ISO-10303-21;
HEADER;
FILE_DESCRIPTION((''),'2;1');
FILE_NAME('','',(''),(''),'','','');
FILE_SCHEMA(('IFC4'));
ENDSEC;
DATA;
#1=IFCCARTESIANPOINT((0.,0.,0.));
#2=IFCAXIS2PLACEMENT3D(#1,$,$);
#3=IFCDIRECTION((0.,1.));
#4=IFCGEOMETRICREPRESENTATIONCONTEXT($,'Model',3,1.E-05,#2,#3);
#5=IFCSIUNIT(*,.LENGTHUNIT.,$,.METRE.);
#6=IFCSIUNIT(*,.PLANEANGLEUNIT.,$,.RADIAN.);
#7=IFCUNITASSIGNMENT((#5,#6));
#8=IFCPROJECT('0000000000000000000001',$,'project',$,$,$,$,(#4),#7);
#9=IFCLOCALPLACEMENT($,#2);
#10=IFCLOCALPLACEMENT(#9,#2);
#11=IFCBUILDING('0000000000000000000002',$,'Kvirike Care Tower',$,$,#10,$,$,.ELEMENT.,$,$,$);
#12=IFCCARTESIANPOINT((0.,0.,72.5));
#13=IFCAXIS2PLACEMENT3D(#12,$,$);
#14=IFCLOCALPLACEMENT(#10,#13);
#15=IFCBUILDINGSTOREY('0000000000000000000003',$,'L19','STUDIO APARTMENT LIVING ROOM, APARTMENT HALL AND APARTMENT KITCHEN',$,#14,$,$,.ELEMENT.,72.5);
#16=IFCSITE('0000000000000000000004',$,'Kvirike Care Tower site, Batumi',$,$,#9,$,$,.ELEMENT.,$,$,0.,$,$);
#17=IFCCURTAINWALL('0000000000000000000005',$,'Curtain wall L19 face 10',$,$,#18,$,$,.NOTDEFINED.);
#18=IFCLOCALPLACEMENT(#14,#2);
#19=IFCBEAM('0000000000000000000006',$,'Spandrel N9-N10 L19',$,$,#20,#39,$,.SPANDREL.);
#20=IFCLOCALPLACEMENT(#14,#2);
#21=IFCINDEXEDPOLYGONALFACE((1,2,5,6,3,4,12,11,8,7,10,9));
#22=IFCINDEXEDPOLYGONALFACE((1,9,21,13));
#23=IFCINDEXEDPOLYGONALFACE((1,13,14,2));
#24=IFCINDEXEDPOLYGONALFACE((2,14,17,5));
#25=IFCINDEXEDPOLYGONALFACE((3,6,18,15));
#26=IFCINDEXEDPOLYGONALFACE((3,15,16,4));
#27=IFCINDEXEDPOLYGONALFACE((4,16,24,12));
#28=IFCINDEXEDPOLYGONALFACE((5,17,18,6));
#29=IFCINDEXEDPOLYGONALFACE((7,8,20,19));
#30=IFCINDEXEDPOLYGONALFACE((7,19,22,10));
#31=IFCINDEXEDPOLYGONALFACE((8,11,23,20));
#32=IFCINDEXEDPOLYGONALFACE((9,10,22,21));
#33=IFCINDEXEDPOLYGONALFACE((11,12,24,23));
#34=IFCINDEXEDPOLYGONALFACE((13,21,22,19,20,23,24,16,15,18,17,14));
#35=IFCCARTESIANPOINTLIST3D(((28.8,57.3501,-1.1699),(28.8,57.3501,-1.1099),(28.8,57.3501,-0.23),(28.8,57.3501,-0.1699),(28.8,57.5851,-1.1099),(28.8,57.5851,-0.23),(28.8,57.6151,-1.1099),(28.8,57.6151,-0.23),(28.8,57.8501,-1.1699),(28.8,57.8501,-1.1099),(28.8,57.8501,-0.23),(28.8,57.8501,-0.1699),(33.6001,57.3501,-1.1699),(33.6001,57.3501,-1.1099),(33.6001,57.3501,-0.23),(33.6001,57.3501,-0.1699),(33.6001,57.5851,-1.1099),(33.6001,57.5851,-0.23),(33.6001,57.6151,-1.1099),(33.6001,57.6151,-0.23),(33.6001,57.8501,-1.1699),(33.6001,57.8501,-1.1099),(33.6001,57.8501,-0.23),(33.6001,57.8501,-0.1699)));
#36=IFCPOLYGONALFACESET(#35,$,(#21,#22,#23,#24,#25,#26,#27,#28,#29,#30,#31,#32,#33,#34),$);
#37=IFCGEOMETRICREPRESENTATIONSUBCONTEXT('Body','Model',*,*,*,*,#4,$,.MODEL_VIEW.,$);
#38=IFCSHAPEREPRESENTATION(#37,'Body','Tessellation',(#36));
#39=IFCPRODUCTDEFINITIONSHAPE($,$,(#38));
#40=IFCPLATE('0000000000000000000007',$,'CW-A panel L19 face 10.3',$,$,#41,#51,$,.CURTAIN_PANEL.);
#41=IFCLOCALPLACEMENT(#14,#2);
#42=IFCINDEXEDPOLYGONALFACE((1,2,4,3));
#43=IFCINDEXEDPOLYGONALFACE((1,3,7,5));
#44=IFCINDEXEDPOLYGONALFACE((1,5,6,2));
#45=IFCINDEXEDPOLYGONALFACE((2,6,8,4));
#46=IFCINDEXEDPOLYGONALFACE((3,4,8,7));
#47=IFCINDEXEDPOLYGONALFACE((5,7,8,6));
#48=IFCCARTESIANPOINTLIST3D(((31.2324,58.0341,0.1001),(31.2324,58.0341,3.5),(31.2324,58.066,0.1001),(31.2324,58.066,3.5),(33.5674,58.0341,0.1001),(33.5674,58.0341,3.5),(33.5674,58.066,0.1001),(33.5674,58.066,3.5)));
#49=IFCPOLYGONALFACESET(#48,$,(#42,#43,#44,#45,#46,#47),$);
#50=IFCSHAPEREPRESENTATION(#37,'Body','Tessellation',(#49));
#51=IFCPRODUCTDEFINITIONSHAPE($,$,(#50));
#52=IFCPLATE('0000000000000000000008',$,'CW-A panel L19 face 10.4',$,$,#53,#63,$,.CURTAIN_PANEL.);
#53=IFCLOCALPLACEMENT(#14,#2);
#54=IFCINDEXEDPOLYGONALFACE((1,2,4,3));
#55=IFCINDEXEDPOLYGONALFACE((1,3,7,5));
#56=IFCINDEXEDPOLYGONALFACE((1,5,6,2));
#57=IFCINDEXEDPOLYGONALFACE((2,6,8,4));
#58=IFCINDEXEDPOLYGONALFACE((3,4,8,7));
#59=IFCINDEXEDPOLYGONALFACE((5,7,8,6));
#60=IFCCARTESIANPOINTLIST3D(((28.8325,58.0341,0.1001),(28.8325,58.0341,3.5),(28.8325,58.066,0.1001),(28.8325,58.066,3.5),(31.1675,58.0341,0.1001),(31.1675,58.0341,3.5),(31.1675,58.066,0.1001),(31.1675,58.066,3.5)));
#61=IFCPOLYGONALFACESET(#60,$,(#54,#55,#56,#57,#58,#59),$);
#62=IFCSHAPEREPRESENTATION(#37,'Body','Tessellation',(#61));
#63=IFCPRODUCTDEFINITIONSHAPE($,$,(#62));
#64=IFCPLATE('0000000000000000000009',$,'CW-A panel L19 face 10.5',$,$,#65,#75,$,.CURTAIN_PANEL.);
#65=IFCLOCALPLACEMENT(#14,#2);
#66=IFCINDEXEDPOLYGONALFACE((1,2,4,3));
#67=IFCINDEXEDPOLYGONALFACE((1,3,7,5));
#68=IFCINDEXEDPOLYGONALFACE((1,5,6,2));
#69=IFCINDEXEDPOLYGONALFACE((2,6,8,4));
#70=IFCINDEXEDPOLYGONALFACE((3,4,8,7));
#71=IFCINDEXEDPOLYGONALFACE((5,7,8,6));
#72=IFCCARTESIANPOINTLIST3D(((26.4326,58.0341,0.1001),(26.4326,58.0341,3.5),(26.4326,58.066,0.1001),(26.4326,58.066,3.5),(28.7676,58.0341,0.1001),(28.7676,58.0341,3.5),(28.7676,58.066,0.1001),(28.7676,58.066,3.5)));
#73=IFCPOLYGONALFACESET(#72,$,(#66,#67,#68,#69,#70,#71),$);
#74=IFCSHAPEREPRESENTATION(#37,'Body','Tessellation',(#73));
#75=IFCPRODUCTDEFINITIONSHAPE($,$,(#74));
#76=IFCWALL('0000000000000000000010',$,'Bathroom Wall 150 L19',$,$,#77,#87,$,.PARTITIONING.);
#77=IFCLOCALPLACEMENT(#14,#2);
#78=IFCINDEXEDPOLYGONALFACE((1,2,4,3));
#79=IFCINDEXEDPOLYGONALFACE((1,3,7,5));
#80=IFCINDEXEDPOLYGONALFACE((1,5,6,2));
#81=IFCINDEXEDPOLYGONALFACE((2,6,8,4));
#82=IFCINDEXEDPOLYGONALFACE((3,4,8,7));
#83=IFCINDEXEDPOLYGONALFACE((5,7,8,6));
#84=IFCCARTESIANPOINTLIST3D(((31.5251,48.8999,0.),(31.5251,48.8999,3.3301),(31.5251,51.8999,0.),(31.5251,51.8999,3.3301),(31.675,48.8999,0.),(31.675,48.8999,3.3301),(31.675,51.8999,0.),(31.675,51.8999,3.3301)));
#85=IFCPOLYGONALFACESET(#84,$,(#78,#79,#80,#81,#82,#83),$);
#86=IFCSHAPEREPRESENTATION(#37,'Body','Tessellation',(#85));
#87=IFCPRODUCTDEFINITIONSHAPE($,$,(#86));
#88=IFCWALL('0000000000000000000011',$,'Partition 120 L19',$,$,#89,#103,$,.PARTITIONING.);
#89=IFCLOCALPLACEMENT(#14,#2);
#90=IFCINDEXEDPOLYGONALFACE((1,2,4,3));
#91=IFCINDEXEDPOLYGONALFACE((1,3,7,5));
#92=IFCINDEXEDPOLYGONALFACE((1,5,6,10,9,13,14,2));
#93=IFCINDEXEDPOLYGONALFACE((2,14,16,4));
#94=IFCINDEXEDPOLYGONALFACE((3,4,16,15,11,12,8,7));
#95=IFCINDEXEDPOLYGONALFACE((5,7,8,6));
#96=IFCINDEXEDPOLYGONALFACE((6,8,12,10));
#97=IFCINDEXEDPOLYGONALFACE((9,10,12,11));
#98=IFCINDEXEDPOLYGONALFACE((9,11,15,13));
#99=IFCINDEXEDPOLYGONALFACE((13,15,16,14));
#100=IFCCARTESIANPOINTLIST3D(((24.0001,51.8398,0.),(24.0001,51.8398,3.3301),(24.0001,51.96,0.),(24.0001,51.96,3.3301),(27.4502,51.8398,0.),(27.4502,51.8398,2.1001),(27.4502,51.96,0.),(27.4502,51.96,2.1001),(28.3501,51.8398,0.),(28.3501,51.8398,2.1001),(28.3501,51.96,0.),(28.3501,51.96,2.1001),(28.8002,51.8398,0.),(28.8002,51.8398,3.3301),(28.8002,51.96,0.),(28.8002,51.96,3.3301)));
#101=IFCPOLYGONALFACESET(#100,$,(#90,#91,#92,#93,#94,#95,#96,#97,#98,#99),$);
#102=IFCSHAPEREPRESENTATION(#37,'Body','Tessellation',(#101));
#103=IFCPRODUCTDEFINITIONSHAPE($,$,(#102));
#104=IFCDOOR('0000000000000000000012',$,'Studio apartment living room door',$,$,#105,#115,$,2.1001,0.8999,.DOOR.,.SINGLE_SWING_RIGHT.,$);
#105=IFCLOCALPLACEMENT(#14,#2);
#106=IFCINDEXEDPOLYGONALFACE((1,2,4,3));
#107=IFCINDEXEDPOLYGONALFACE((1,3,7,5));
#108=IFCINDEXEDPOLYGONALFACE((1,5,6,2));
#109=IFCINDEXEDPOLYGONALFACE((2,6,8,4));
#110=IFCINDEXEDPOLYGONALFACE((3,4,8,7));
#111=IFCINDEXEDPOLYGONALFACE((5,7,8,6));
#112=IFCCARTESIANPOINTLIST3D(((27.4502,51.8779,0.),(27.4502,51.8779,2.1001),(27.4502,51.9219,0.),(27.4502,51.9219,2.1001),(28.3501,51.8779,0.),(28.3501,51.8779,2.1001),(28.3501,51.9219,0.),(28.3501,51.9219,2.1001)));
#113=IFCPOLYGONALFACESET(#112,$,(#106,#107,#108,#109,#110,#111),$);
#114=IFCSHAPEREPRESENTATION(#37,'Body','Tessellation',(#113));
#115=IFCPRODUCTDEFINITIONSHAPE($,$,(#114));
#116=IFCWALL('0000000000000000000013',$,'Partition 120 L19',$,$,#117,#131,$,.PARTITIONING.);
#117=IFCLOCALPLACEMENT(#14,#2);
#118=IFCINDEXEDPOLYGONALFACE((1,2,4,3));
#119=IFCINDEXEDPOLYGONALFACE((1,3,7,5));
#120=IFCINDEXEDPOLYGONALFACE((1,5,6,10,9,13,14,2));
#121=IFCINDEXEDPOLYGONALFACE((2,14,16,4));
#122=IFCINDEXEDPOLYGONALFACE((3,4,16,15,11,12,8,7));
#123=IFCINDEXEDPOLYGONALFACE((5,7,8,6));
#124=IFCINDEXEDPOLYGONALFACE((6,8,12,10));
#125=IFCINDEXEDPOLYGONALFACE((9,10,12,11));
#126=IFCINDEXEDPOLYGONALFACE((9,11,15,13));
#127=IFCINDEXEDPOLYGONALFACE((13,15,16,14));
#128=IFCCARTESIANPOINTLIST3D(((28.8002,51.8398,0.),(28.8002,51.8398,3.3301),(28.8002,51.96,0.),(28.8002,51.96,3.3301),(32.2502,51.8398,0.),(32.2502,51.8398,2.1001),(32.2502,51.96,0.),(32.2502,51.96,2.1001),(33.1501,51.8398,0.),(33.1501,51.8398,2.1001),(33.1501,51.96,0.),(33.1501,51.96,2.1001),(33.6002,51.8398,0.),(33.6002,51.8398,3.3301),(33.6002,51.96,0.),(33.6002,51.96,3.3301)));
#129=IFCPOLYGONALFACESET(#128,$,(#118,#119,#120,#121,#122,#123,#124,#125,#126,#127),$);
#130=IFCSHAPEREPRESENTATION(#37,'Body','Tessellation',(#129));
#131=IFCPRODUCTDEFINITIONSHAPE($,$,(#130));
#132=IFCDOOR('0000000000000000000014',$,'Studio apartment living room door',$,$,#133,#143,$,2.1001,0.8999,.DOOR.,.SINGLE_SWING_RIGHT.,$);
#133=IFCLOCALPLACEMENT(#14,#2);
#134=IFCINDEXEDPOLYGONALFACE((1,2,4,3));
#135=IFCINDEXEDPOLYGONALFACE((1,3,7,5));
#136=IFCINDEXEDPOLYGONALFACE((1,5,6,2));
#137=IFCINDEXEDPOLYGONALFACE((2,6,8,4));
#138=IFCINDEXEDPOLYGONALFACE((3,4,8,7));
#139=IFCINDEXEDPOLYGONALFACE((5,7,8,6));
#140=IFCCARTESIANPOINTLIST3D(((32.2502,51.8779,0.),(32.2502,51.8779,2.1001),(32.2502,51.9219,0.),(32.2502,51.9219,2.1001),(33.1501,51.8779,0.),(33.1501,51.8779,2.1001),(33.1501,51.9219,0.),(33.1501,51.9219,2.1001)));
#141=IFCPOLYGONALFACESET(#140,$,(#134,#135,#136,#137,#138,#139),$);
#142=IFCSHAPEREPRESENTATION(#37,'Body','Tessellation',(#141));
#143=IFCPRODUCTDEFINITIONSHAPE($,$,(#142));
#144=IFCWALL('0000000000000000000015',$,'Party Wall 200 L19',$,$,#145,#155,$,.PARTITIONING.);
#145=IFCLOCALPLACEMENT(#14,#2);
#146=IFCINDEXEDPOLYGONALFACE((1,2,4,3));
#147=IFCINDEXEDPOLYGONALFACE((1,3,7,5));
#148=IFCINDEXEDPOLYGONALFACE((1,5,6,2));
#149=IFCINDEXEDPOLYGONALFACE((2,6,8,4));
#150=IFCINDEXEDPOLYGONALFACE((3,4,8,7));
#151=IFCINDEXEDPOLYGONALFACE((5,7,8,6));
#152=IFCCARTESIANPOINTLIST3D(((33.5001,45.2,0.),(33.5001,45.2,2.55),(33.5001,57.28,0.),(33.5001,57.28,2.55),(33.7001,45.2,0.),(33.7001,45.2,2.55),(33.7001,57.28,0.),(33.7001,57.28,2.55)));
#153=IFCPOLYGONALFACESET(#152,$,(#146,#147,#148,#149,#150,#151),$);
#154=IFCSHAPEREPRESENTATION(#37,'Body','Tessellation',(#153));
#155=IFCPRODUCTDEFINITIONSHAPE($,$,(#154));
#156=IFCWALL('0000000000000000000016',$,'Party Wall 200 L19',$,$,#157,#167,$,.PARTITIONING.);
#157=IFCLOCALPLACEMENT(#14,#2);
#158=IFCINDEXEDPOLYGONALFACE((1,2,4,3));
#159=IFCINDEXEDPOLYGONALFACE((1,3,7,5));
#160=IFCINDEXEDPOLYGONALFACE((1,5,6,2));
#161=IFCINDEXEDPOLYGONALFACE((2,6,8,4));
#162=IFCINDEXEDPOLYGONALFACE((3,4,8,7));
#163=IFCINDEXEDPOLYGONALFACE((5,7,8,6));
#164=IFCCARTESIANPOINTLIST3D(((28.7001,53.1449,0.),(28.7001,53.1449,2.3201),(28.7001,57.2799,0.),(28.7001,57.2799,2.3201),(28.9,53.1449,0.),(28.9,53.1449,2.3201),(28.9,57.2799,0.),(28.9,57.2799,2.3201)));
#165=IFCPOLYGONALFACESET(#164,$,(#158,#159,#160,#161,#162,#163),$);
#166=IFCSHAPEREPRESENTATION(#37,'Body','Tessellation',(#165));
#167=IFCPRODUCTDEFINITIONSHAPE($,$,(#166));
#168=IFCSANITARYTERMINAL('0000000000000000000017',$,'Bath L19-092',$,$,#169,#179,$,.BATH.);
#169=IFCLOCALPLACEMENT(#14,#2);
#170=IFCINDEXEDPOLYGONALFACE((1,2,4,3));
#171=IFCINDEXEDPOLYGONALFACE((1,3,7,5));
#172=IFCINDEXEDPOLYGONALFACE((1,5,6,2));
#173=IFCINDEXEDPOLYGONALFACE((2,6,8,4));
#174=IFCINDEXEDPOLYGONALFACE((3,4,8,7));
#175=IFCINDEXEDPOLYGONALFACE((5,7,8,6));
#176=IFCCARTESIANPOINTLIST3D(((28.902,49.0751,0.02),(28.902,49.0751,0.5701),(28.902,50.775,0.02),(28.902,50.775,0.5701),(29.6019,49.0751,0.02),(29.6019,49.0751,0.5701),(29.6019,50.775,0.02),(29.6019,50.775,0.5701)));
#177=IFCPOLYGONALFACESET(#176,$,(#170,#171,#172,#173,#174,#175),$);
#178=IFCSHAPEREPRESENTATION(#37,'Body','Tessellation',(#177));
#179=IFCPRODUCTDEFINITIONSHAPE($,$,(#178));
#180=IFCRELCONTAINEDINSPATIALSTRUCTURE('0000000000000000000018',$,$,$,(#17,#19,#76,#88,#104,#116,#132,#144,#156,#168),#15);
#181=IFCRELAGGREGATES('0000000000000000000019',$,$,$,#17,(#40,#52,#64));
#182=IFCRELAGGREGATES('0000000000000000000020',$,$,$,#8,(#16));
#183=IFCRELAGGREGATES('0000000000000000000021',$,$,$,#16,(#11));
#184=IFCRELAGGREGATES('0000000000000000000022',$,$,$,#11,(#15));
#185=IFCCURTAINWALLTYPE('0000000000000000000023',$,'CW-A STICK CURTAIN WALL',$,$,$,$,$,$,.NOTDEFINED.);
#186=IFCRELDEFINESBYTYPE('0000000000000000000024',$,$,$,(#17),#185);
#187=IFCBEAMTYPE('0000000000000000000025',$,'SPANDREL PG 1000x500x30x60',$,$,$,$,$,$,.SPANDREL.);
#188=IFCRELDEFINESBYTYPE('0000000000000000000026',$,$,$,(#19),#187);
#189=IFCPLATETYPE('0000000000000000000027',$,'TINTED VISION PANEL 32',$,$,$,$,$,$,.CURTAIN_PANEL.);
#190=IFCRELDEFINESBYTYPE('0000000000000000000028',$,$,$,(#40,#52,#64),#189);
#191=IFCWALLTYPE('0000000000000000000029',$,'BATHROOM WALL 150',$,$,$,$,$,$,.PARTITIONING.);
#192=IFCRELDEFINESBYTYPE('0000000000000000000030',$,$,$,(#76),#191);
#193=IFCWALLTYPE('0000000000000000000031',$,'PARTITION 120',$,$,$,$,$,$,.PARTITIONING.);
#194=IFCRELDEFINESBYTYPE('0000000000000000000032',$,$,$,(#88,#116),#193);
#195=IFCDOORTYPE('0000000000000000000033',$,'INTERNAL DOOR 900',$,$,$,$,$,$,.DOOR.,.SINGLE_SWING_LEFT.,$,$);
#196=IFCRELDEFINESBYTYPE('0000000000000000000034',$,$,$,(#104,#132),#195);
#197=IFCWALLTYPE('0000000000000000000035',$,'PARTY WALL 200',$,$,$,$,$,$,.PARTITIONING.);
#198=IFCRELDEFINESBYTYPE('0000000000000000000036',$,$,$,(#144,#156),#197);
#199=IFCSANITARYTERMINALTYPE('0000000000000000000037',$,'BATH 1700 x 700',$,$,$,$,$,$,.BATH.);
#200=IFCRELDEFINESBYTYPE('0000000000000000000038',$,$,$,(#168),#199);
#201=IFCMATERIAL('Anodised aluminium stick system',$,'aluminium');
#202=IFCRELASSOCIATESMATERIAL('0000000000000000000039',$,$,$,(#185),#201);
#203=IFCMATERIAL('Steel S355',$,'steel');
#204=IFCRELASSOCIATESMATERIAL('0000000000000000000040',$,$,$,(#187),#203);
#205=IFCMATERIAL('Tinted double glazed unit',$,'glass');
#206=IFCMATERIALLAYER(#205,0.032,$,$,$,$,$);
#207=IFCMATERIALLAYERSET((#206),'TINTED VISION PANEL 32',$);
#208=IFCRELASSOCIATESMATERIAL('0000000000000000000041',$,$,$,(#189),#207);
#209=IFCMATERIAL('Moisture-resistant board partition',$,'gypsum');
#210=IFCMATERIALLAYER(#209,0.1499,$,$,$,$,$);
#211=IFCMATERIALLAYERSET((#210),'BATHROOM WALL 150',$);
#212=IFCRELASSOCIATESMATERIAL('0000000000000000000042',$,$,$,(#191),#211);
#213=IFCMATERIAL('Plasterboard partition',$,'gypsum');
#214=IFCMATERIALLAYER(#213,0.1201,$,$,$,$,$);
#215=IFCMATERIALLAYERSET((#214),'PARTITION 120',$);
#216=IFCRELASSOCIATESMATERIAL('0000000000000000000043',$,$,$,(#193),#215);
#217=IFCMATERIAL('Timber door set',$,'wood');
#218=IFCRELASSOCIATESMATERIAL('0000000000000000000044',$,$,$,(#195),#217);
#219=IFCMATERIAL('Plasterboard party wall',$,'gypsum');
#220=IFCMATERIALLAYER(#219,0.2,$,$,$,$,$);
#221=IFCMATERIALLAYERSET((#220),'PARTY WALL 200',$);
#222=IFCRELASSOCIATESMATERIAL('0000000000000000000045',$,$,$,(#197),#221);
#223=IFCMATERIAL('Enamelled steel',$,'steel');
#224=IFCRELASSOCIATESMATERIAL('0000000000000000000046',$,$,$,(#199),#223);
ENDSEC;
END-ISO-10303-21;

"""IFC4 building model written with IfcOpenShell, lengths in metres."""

from ifc_helpers import new_model, si_unit, direction, frame, frame_2d, origin, origin_2d, place, context, subcontext, project, spatial, rectangle, i_section, extrude, material, layer, layer_set, material_profile, profile_set, type_object, element, fill, aggregate, save


model = new_model("IFC4")

# Units and contexts
model_context = context("Model", 3, precision=1e-05, world=origin(), true_north=direction((0.0, 1.0)))
body_context = subcontext(model_context, "Body", "Model", "MODEL_VIEW")
ifc_project = project(units=[si_unit("LENGTHUNIT", "METRE"), si_unit("PLANEANGLEUNIT", "RADIAN")], contexts=[model_context])

# Site, building, storey
site_placement = place(None, origin())
site = spatial("IfcSite", under=ifc_project, at=site_placement, Name="Kvirike Care Tower site, Batumi", CompositionType="ELEMENT", RefElevation=0.0)
building_placement = place(site_placement, origin())
building = spatial("IfcBuilding", under=site, at=building_placement, Name="Kvirike Care Tower", CompositionType="ELEMENT")
storey_placement = place(building_placement, frame((0.0, 0.0, 72.5)))
storey = spatial("IfcBuildingStorey", under=building, at=storey_placement, Name="L19", Description="STUDIO APARTMENT LIVING ROOM, APARTMENT HALL AND APARTMENT KITCHEN", CompositionType="ELEMENT", Elevation=72.5)

# Curtain wall
ifc_material_1 = material(Name="Anodised aluminium stick system", Category="aluminium")
curtain_wall_type = type_object("IfcCurtainWallType", Name="CW-A STICK CURTAIN WALL", PredefinedType="NOTDEFINED", material=ifc_material_1)
curtain_wall_placement = place(storey_placement, origin())
curtain_wall = element("IfcCurtainWall", 1, at=curtain_wall_placement, inside=storey, type_object=curtain_wall_type, Name="Curtain wall L19 face 10", PredefinedType="NOTDEFINED")

# Beam
ifc_material_2 = material(Name="Steel S355", Category="steel")
ifc_material_profile_1 = material_profile(ifc_material_2, i_section(OverallWidth=0.5, OverallDepth=1.0, WebThickness=0.03, FlangeThickness=0.0601, at=origin_2d()), Name="PG 1000x500x30x60")
ifc_profile_set_1 = profile_set([ifc_material_profile_1], Name="Steel S355")
beam_type_1 = type_object("IfcBeamType", Name="SPANDREL PG 1000x500x30x60", PredefinedType="SPANDREL", material=ifc_profile_set_1)
beam_1_placement = place(storey_placement, frame((28.8, 57.6001, -0.6699), z_axis=(1.0, 0.0, 0.0), x_axis=(0.0, 1.0, 0.0)))
element("IfcBeam", 2, at=beam_1_placement, inside=storey, type_object=beam_type_1, Name="Spandrel N9-N10 L19", PredefinedType="SPANDREL", context=body_context, shape_type="SweptSolid", body=[
    extrude(i_section(OverallWidth=0.5, OverallDepth=1.0, WebThickness=0.03, FlangeThickness=0.0601, at=origin_2d()), origin(), (0.0, 0.0, 1.0), 4.8),
])

# Plates
ifc_material_3 = material(Name="Tinted double glazed unit", Category="glass")
ifc_layer_1 = layer(ifc_material_3, 0.032)
ifc_layer_set_1 = layer_set([ifc_layer_1], Name="TINTED VISION PANEL 32")
plate_type = type_object("IfcPlateType", Name="TINTED VISION PANEL 32", PredefinedType="CURTAIN_PANEL", material=ifc_layer_set_1)
plate_1_placement = place(storey_placement, frame((32.3999, 58.05, 0.1001), z_axis=(0.0, 0.0, 1.0), x_axis=(-1.0, 0.0, 0.0)))
plate_1 = element("IfcPlate", 3, at=plate_1_placement, type_object=plate_type, Name="CW-A panel L19 face 10.3", PredefinedType="CURTAIN_PANEL", context=body_context, shape_type="SweptSolid", body=[
    extrude(rectangle(XDim=2.335, YDim=0.032, at=origin_2d()), origin(), (0.0, 0.0, 1.0), 3.3999),
])
plate_2_placement = place(storey_placement, frame((30.0, 58.05, 0.1001), z_axis=(0.0, 0.0, 1.0), x_axis=(-1.0, 0.0, 0.0)))
plate_2 = element("IfcPlate", 4, at=plate_2_placement, type_object=plate_type, Name="CW-A panel L19 face 10.4", PredefinedType="CURTAIN_PANEL", context=body_context, shape_type="SweptSolid", body=[
    extrude(rectangle(XDim=2.335, YDim=0.032, at=origin_2d()), origin(), (0.0, 0.0, 1.0), 3.3999),
])
plate_3_placement = place(storey_placement, frame((27.6001, 58.05, 0.1001), z_axis=(0.0, 0.0, 1.0), x_axis=(-1.0, 0.0, 0.0)))
plate_3 = element("IfcPlate", 5, at=plate_3_placement, type_object=plate_type, Name="CW-A panel L19 face 10.5", PredefinedType="CURTAIN_PANEL", context=body_context, shape_type="SweptSolid", body=[
    extrude(rectangle(XDim=2.335, YDim=0.032, at=origin_2d()), origin(), (0.0, 0.0, 1.0), 3.3999),
])
aggregate(curtain_wall, [plate_1, plate_2, plate_3])

# Wall
ifc_material_4 = material(Name="Moisture-resistant board partition", Category="gypsum")
ifc_layer_2 = layer(ifc_material_4, 0.1499)
ifc_layer_set_2 = layer_set([ifc_layer_2], Name="BATHROOM WALL 150")
wall_type_1 = type_object("IfcWallType", Name="BATHROOM WALL 150", PredefinedType="PARTITIONING", material=ifc_layer_set_2)
wall_1_placement = place(storey_placement, frame((31.6001, 51.8999, 0.0), z_axis=(0.0, 0.0, 1.0), x_axis=(0.0, -1.0, 0.0)))
element("IfcWall", 6, at=wall_1_placement, inside=storey, type_object=wall_type_1, Name="Bathroom Wall 150 L19", PredefinedType="PARTITIONING", context=body_context, shape_type="SweptSolid", body=[
    extrude(rectangle(XDim=3.0, YDim=0.1499, at=frame_2d((1.5, 0.0))), origin(), (0.0, 0.0, 1.0), 3.3301),
])

# Walls, openings, doors
ifc_material_5 = material(Name="Plasterboard partition", Category="gypsum")
ifc_layer_3 = layer(ifc_material_5, 0.1201)
ifc_layer_set_3 = layer_set([ifc_layer_3], Name="PARTITION 120")
wall_type_2 = type_object("IfcWallType", Name="PARTITION 120", PredefinedType="PARTITIONING", material=ifc_layer_set_3)
wall_2_placement = place(storey_placement, frame((28.8, 51.8999, 0.0), z_axis=(0.0, 0.0, 1.0), x_axis=(-1.0, 0.0, 0.0)))
wall_2 = element("IfcWall", 7, at=wall_2_placement, inside=storey, type_object=wall_type_2, Name="Partition 120 L19", PredefinedType="PARTITIONING", context=body_context, shape_type="SweptSolid", body=[
    extrude(rectangle(XDim=4.8, YDim=0.1201, at=frame_2d((2.3999, 0.0))), origin(), (0.0, 0.0, 1.0), 3.3301),
])
opening_1_placement = place(wall_2_placement, frame((0.45, 0.0, 0.0)))
opening_1 = element("IfcOpeningElement", 8, at=opening_1_placement, cuts=wall_2, PredefinedType="OPENING", context=body_context, shape_type="SweptSolid", body=[
    extrude(rectangle(XDim=0.8999, YDim=2.1001, at=frame_2d((0.45, 1.05))), frame((0.0, 0.0706, 0.0), z_axis=(0.0, -1.0, 0.0), x_axis=(1.0, 0.0, 0.0)), (0.0, 0.0, 1.0), 0.1411),
])
ifc_material_6 = material(Name="Timber door set", Category="wood")
door_type = type_object("IfcDoorType", Name="INTERNAL DOOR 900", OperationType="SINGLE_SWING_LEFT", PredefinedType="DOOR", material=ifc_material_6)
door_1_placement = place(opening_1_placement, origin())
door_1 = element("IfcDoor", 9, at=door_1_placement, inside=storey, type_object=door_type, Name="Studio apartment living room door", OperationType="SINGLE_SWING_RIGHT", OverallHeight=2.1001, OverallWidth=0.8999, PredefinedType="DOOR", context=body_context, shape_type="SweptSolid", body=[
    extrude(rectangle(XDim=0.8999, YDim=2.1001, at=frame_2d((0.45, 1.05))), frame((0.0, 0.022, 0.0), z_axis=(0.0, -1.0, 0.0), x_axis=(1.0, 0.0, 0.0)), (0.0, 0.0, 1.0), 0.0439),
])
fill(opening_1, door_1)
wall_3_placement = place(storey_placement, frame((33.6001, 51.8999, 0.0), z_axis=(0.0, 0.0, 1.0), x_axis=(-1.0, 0.0, 0.0)))
wall_3 = element("IfcWall", 10, at=wall_3_placement, inside=storey, type_object=wall_type_2, Name="Partition 120 L19", PredefinedType="PARTITIONING", context=body_context, shape_type="SweptSolid", body=[
    extrude(rectangle(XDim=4.8, YDim=0.1201, at=frame_2d((2.3999, 0.0))), origin(), (0.0, 0.0, 1.0), 3.3301),
])
opening_2_placement = place(wall_3_placement, frame((0.45, 0.0, 0.0)))
opening_2 = element("IfcOpeningElement", 11, at=opening_2_placement, cuts=wall_3, PredefinedType="OPENING", context=body_context, shape_type="SweptSolid", body=[
    extrude(rectangle(XDim=0.8999, YDim=2.1001, at=frame_2d((0.45, 1.05))), frame((0.0, 0.0706, 0.0), z_axis=(0.0, -1.0, 0.0), x_axis=(1.0, 0.0, 0.0)), (0.0, 0.0, 1.0), 0.1411),
])
door_2_placement = place(opening_2_placement, origin())
door_2 = element("IfcDoor", 12, at=door_2_placement, inside=storey, type_object=door_type, Name="Studio apartment living room door", OperationType="SINGLE_SWING_RIGHT", OverallHeight=2.1001, OverallWidth=0.8999, PredefinedType="DOOR", context=body_context, shape_type="SweptSolid", body=[
    extrude(rectangle(XDim=0.8999, YDim=2.1001, at=frame_2d((0.45, 1.05))), frame((0.0, 0.022, 0.0), z_axis=(0.0, -1.0, 0.0), x_axis=(1.0, 0.0, 0.0)), (0.0, 0.0, 1.0), 0.0439),
])
fill(opening_2, door_2)

# Walls
ifc_material_7 = material(Name="Plasterboard party wall", Category="gypsum")
ifc_layer_4 = layer(ifc_material_7, 0.2)
ifc_layer_set_4 = layer_set([ifc_layer_4], Name="PARTY WALL 200")
wall_type_3 = type_object("IfcWallType", Name="PARTY WALL 200", PredefinedType="PARTITIONING", material=ifc_layer_set_4)
wall_4_placement = place(storey_placement, frame((33.6001, 57.28, 0.0), z_axis=(0.0, 0.0, 1.0), x_axis=(0.0, -1.0, 0.0)))
element("IfcWall", 13, at=wall_4_placement, inside=storey, type_object=wall_type_3, Name="Party Wall 200 L19", PredefinedType="PARTITIONING", context=body_context, shape_type="SweptSolid", body=[
    extrude(rectangle(XDim=12.0801, YDim=0.2, at=frame_2d((6.04, 0.0))), origin(), (0.0, 0.0, 1.0), 2.55),
])
wall_5_placement = place(storey_placement, frame((28.8, 53.145, 0.0), z_axis=(0.0, 0.0, 1.0), x_axis=(0.0, 1.0, 0.0)))
element("IfcWall", 14, at=wall_5_placement, inside=storey, type_object=wall_type_3, Name="Party Wall 200 L19", PredefinedType="PARTITIONING", context=body_context, shape_type="SweptSolid", body=[
    extrude(rectangle(XDim=4.135, YDim=0.2, at=frame_2d((2.0674, 0.0))), origin(), (0.0, 0.0, 1.0), 2.3201),
])

# Sanitary terminal
ifc_material_8 = material(Name="Enamelled steel", Category="steel")
sanitary_terminal_type_1 = type_object("IfcSanitaryTerminalType", Name="BATH 1700 x 700", PredefinedType="BATH", material=ifc_material_8)
sanitary_terminal_1_placement = place(storey_placement, frame((29.252, 49.925, 0.02), z_axis=(0.0, 0.0, 1.0), x_axis=(0.0, 1.0, 0.0)))
element("IfcSanitaryTerminal", 15, at=sanitary_terminal_1_placement, inside=storey, type_object=sanitary_terminal_type_1, Name="Bath L19-092", PredefinedType="BATH", context=body_context, shape_type="SweptSolid", body=[
    extrude(rectangle(XDim=1.7, YDim=0.7, at=origin_2d()), origin(), (0.0, 0.0, 1.0), 0.55),
])

save(model, "model.ifc")
